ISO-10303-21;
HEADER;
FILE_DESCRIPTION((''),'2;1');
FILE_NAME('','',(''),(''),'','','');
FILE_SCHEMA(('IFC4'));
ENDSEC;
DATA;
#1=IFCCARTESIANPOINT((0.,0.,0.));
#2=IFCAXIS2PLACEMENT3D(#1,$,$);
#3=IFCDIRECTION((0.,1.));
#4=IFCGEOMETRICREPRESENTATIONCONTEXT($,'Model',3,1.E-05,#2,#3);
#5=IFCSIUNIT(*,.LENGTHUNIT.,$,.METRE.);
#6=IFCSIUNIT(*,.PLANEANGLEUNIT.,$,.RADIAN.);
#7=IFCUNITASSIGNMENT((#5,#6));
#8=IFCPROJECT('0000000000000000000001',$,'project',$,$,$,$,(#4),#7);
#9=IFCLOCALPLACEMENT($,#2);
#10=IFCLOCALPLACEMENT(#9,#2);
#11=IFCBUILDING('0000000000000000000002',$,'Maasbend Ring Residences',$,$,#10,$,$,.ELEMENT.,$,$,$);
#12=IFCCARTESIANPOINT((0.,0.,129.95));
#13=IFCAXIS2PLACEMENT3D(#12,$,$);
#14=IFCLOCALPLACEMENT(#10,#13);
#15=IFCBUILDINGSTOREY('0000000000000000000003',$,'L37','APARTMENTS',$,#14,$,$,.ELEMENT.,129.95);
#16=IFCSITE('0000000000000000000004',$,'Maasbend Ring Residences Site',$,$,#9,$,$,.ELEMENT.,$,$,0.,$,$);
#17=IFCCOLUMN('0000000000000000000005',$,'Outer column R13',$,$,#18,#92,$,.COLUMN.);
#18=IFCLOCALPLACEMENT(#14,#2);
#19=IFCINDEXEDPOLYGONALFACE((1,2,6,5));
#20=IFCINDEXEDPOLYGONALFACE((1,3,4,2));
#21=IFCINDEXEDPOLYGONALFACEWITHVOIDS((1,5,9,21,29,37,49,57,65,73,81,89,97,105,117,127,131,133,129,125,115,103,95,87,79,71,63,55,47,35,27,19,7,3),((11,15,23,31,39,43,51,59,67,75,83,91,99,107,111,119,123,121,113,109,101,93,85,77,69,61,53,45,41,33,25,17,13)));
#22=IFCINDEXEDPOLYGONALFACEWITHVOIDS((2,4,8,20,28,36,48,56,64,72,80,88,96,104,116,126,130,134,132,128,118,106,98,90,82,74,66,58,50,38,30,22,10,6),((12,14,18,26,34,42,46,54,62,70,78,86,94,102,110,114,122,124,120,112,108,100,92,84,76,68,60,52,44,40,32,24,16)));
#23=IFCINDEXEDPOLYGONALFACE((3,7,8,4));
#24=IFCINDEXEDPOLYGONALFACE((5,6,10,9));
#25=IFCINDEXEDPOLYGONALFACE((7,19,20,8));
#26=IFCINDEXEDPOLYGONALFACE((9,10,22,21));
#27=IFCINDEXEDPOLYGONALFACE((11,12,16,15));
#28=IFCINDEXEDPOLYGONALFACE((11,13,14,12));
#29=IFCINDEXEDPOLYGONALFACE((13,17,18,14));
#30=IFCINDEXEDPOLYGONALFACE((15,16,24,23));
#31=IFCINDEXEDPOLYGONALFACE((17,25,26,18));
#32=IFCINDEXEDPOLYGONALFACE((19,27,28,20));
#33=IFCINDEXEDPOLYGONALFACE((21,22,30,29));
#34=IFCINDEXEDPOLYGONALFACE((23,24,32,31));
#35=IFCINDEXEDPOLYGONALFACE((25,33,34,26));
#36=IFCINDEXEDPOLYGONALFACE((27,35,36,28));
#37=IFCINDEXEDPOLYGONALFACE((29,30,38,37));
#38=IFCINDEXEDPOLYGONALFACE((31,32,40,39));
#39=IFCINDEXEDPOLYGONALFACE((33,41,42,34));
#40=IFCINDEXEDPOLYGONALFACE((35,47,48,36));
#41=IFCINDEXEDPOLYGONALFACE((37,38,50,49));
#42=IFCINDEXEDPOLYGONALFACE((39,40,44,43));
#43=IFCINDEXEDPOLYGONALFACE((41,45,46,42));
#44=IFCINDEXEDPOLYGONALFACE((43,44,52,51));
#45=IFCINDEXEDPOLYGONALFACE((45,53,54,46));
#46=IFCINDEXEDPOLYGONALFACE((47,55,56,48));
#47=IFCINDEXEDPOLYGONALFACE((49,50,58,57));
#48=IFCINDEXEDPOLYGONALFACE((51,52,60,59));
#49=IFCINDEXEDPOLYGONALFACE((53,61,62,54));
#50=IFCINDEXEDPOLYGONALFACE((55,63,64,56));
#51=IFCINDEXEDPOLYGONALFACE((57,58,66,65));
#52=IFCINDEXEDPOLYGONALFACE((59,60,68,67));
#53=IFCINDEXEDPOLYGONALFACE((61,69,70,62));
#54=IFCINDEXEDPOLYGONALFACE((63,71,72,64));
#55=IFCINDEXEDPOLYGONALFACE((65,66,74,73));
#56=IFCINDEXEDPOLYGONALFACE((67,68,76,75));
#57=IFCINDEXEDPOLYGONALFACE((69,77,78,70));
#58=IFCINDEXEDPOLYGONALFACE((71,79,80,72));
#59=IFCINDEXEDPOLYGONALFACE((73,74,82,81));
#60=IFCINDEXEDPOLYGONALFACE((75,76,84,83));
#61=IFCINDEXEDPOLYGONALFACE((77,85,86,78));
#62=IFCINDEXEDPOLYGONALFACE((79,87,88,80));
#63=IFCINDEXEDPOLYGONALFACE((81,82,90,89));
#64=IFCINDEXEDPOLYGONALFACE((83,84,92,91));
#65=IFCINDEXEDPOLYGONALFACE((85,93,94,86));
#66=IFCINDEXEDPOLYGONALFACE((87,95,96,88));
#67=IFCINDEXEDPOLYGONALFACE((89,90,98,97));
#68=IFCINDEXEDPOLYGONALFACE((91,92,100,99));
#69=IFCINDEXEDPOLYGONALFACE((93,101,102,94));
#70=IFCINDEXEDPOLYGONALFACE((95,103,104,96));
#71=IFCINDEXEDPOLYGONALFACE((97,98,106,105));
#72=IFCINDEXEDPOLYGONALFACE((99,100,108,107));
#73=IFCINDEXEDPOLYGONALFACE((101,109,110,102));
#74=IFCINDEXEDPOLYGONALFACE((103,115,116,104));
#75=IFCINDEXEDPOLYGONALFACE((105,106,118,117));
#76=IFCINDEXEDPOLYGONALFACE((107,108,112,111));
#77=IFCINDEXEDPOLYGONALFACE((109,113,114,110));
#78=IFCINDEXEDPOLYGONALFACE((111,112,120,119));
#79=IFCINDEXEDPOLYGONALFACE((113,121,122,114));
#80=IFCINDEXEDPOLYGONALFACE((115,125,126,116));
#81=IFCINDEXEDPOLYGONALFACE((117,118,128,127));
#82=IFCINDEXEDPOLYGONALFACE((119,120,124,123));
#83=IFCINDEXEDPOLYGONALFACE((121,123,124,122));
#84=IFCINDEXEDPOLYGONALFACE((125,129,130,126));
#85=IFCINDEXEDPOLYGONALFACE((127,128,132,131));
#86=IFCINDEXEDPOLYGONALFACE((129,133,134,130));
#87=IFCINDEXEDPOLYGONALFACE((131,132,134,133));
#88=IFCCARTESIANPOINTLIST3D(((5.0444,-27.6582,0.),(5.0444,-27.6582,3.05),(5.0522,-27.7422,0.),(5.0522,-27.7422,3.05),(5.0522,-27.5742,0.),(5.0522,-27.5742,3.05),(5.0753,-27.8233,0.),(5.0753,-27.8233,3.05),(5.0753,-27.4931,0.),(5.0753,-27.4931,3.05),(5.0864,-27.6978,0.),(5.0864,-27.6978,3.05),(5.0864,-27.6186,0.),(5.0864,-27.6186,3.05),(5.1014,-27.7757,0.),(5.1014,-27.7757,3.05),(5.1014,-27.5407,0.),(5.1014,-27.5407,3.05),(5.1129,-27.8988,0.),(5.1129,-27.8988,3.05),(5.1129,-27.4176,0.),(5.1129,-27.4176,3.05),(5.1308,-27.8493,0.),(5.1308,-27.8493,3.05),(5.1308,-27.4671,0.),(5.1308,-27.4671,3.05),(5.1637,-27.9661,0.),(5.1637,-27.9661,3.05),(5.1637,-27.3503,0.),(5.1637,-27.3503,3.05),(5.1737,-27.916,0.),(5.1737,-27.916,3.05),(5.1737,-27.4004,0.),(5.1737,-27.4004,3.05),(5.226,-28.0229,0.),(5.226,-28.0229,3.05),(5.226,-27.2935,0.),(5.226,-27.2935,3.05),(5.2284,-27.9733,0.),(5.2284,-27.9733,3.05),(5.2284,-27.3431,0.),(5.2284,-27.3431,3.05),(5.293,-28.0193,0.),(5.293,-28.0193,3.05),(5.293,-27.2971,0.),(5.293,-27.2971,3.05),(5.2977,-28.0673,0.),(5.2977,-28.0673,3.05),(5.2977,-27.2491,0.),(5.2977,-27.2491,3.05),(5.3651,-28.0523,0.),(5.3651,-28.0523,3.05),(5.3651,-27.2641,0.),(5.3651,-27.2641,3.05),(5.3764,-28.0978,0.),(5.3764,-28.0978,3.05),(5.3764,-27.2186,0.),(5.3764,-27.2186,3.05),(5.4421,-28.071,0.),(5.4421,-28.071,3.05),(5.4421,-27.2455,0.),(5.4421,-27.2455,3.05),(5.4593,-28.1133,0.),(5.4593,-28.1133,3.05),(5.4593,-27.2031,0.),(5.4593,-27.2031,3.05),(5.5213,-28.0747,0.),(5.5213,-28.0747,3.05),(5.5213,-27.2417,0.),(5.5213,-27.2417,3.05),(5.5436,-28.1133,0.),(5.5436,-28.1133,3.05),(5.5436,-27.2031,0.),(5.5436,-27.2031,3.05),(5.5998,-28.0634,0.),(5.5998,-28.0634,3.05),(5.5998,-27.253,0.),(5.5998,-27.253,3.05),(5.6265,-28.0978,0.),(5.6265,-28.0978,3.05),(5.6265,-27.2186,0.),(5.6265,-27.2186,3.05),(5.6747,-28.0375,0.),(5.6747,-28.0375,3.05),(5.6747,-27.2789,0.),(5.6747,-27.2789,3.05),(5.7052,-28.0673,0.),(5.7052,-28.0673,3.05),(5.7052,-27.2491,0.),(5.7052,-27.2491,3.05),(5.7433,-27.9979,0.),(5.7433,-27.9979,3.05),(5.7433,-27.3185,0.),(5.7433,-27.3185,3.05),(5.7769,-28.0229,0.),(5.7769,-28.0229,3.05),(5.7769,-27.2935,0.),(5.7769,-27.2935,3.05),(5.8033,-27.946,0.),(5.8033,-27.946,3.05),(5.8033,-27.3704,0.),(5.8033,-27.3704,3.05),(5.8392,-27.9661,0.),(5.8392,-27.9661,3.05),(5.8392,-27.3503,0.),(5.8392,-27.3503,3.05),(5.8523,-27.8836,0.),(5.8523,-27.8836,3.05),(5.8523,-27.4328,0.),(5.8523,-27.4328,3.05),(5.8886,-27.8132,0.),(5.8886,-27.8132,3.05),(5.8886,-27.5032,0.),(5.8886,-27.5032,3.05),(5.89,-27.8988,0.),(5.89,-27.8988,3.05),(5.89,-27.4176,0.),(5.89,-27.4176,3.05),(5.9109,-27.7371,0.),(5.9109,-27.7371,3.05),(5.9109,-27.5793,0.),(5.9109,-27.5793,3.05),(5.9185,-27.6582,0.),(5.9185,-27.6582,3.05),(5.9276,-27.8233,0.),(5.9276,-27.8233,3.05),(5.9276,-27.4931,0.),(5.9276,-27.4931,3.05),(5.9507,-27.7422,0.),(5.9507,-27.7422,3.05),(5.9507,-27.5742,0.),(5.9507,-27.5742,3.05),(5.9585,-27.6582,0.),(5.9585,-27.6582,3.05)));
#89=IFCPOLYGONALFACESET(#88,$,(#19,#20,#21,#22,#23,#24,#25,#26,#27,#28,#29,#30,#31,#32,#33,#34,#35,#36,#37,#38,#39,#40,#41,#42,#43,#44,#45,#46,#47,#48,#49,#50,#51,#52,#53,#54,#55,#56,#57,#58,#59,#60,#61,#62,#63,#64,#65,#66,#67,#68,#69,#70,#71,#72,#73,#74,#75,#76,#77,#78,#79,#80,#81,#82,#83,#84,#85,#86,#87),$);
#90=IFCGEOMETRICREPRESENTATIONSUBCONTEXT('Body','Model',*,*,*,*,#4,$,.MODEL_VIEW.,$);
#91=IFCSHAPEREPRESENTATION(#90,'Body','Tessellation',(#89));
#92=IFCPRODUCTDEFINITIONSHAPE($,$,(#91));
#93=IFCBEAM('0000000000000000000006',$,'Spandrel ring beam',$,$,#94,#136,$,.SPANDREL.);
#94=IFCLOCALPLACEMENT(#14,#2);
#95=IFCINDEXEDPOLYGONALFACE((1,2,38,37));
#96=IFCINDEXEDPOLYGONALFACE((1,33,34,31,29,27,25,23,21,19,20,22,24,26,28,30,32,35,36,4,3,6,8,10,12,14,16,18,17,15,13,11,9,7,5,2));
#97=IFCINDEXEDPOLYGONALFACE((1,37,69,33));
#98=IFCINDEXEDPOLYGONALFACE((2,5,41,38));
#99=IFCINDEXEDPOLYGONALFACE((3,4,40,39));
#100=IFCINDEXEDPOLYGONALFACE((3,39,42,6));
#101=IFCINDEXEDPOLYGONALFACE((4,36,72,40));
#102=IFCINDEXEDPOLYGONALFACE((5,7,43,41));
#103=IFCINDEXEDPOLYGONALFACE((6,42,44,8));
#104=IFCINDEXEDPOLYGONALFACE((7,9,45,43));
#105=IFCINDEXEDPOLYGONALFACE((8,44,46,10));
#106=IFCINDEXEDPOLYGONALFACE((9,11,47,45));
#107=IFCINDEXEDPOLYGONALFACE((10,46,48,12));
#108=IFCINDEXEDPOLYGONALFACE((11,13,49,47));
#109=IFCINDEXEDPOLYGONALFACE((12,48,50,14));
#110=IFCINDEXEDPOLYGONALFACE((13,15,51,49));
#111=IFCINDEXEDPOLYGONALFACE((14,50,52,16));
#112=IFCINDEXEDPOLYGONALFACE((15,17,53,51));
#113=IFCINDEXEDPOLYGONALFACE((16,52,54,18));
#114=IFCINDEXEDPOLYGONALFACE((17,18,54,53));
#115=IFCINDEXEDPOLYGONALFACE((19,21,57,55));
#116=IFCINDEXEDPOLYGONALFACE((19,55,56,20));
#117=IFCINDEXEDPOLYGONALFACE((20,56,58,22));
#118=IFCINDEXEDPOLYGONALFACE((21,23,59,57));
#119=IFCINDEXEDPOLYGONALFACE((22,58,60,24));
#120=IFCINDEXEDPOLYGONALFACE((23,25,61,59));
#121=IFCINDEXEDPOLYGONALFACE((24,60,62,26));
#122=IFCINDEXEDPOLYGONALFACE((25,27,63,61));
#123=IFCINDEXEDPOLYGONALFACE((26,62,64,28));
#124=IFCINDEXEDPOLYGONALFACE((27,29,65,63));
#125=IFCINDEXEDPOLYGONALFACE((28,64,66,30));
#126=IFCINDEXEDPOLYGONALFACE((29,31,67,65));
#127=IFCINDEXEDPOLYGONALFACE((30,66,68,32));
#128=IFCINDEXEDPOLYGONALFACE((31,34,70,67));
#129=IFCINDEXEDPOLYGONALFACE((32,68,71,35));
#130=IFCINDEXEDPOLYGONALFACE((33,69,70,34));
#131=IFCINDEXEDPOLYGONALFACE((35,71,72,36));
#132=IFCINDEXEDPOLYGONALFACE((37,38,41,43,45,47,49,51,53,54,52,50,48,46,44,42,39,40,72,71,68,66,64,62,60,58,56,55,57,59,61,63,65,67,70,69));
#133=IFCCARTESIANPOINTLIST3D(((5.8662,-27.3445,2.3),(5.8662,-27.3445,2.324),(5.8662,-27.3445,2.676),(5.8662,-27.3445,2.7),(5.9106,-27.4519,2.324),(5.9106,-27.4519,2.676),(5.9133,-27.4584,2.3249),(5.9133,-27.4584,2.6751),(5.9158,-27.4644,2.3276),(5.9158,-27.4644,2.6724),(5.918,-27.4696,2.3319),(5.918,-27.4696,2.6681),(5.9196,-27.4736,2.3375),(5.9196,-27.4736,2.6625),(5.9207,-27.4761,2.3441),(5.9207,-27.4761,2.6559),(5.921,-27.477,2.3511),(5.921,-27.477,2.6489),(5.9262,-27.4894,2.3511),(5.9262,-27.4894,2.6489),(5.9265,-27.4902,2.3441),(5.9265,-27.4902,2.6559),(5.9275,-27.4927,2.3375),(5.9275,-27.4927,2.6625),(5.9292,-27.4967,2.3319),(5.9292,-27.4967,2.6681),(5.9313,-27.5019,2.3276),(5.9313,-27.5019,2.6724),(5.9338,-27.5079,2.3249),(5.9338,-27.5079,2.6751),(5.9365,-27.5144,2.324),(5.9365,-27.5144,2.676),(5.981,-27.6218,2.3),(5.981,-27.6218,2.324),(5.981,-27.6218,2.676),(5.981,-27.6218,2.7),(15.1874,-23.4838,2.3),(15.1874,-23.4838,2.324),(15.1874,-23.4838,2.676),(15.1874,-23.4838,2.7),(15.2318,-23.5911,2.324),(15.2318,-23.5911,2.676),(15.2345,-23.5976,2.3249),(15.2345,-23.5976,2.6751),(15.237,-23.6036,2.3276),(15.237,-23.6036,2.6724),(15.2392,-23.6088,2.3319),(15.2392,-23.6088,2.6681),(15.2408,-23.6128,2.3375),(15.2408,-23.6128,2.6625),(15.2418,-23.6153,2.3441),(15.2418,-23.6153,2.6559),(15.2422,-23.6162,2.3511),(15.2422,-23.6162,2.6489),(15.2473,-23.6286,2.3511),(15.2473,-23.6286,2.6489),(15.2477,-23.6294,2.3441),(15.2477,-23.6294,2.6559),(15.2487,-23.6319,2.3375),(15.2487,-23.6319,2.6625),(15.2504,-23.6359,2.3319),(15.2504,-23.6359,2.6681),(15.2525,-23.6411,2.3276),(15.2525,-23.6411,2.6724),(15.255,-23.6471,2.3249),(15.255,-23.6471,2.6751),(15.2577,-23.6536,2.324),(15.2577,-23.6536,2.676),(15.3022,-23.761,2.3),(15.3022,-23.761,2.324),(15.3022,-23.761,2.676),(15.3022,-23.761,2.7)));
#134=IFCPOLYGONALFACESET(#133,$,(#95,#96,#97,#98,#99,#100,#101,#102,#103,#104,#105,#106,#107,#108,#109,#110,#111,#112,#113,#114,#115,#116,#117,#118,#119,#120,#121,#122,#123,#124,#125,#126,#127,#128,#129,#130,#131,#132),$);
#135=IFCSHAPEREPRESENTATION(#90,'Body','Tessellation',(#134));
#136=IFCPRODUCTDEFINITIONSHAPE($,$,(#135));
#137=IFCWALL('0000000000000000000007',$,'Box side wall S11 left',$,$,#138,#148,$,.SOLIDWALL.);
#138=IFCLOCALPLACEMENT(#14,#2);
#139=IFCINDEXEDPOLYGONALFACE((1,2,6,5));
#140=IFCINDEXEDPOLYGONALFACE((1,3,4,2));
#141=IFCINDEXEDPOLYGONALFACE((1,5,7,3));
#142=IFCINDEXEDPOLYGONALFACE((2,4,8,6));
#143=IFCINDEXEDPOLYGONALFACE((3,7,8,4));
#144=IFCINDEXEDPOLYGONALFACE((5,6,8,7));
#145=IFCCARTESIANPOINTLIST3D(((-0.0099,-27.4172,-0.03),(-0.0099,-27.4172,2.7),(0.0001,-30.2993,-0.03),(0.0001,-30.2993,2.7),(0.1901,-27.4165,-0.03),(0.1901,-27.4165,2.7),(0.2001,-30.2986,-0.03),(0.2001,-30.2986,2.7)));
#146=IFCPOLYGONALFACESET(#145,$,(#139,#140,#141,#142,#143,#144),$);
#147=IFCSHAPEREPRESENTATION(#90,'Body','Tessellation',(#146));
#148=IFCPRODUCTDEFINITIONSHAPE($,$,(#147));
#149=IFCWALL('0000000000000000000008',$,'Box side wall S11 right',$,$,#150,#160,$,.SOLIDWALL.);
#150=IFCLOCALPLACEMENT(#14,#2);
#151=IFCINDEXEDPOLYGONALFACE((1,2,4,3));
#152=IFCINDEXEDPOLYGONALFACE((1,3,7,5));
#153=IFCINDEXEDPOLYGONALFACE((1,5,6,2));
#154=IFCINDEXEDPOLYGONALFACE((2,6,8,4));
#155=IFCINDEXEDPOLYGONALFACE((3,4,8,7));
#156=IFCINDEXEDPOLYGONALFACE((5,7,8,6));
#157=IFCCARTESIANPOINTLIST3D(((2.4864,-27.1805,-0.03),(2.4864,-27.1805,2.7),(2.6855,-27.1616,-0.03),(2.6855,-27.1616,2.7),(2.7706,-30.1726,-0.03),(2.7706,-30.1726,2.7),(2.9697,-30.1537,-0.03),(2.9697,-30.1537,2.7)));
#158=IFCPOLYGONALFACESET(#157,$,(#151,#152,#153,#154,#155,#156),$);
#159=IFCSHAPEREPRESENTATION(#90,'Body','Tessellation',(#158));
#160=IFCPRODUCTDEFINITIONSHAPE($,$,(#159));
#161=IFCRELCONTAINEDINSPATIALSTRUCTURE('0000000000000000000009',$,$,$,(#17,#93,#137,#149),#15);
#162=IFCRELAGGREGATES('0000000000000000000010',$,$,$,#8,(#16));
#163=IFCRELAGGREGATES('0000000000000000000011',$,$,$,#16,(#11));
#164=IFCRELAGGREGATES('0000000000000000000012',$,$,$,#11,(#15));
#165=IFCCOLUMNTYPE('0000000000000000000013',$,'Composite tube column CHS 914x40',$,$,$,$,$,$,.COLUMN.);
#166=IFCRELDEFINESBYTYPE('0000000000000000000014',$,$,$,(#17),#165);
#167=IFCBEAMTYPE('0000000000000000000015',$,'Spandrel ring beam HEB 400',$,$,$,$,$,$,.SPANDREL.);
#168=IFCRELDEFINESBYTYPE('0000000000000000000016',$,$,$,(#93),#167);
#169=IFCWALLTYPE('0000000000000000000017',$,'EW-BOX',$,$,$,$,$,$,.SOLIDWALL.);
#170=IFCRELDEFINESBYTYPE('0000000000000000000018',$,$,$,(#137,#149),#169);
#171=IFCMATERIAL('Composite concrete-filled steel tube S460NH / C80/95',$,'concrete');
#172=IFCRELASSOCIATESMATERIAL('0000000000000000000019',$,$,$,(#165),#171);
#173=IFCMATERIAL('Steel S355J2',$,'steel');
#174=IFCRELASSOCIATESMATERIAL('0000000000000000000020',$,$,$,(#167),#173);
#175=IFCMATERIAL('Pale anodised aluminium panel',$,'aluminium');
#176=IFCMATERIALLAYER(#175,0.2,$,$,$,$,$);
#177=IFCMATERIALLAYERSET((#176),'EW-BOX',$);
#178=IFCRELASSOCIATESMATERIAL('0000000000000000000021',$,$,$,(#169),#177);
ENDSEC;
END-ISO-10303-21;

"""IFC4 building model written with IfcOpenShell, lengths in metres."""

from ifc_helpers import new_model, si_unit, direction, frame, frame_2d, origin, origin_2d, place, context, subcontext, project, spatial, rectangle, hollow_circle, i_section, extrude, material, layer, layer_set, material_profile, profile_set, type_object, element, save


model = new_model("IFC4")

# Units and contexts
model_context = context("Model", 3, precision=1e-05, world=origin(), true_north=direction((0.0, 1.0)))
body_context = subcontext(model_context, "Body", "Model", "MODEL_VIEW")
ifc_project = project(units=[si_unit("LENGTHUNIT", "METRE"), si_unit("PLANEANGLEUNIT", "RADIAN")], contexts=[model_context])

# Site, building, storey
site_placement = place(None, origin())
site = spatial("IfcSite", under=ifc_project, at=site_placement, Name="Maasbend Ring Residences Site", CompositionType="ELEMENT", RefElevation=0.0)
building_placement = place(site_placement, origin())
building = spatial("IfcBuilding", under=site, at=building_placement, Name="Maasbend Ring Residences", CompositionType="ELEMENT")
storey_placement = place(building_placement, frame((0.0, 0.0, 129.95)))
storey = spatial("IfcBuildingStorey", under=building, at=storey_placement, Name="L37", Description="APARTMENTS", CompositionType="ELEMENT", Elevation=129.95)

# Column
ifc_material_1 = material(Name="Composite concrete-filled steel tube S460NH / C80/95", Category="concrete")
ifc_material_profile_1 = material_profile(ifc_material_1, hollow_circle(Radius=0.457, WallThickness=0.04, at=origin_2d()), Name="Composite tube column CHS 914x40")
ifc_profile_set_1 = profile_set([ifc_material_profile_1], Name="Composite concrete-filled steel tube S460NH / C80/95")
column_type = type_object("IfcColumnType", Name="Composite tube column CHS 914x40", PredefinedType="COLUMN", material=ifc_profile_set_1)
column_placement = place(storey_placement, frame((5.5015, -27.6582, 0.0), z_axis=(0.0, 0.0, 1.0), x_axis=(1.0, 0.0, 0.0)))
element("IfcColumn", 1, at=column_placement, inside=storey, type_object=column_type, Name="Outer column R13", PredefinedType="COLUMN", context=body_context, shape_type="SweptSolid", body=[
    extrude(hollow_circle(Radius=0.457, WallThickness=0.04, at=origin_2d()), origin(), (0.0, 0.0, 1.0), 3.05),
])

# Beam
ifc_material_2 = material(Name="Steel S355J2", Category="steel")
ifc_material_profile_2 = material_profile(ifc_material_2, i_section(OverallWidth=0.3, OverallDepth=0.3999, WebThickness=0.0134, FlangeThickness=0.0239, FilletRadius=0.0271, at=origin_2d()), Name="HEB 400")
ifc_profile_set_2 = profile_set([ifc_material_profile_2], Name="Steel S355J2")
beam_type = type_object("IfcBeamType", Name="Spandrel ring beam HEB 400", PredefinedType="SPANDREL", material=ifc_profile_set_2)
beam_placement = place(storey_placement, frame((5.9236, -27.4832, 2.5), z_axis=(0.923885, 0.38267, 0.0), x_axis=(-0.38267, 0.923885, 0.0)))
element("IfcBeam", 2, at=beam_placement, inside=storey, type_object=beam_type, Name="Spandrel ring beam", PredefinedType="SPANDREL", context=body_context, shape_type="SweptSolid", body=[
    extrude(i_section(OverallWidth=0.3, OverallDepth=0.3999, WebThickness=0.0134, FlangeThickness=0.0239, FilletRadius=0.0271, at=origin_2d()), origin(), (0.0, 0.0, 1.0), 10.0891),
])

# Walls
ifc_material_3 = material(Name="Pale anodised aluminium panel", Category="aluminium")
ifc_layer_1 = layer(ifc_material_3, 0.2)
ifc_layer_set_1 = layer_set([ifc_layer_1], Name="EW-BOX")
wall_type_1 = type_object("IfcWallType", Name="EW-BOX", PredefinedType="SOLIDWALL", material=ifc_layer_set_1)
wall_1_placement = place(storey_placement, frame((0.0901, -27.417, -0.03), z_axis=(0.0, 0.0, 1.0), x_axis=(0.003473, -0.999994, 0.0)))
element("IfcWall", 3, at=wall_1_placement, inside=storey, type_object=wall_type_1, Name="Box side wall S11 left", PredefinedType="SOLIDWALL", context=body_context, shape_type="SweptSolid", body=[
    extrude(rectangle(XDim=2.8821, YDim=0.2, at=frame_2d((1.4409, 0.0))), origin(), (0.0, 0.0, 1.0), 2.73),
])
wall_2_placement = place(storey_placement, frame((2.5859, -27.1709, -0.03), z_axis=(0.0, 0.0, 1.0), x_axis=(0.094548, -0.99552, 0.0)))
element("IfcWall", 4, at=wall_2_placement, inside=storey, type_object=wall_type_1, Name="Box side wall S11 right", PredefinedType="SOLIDWALL", context=body_context, shape_type="SweptSolid", body=[
    extrude(rectangle(XDim=3.0056, YDim=0.2, at=frame_2d((1.5029, 0.0))), origin(), (0.0, 0.0, 1.0), 2.73),
])

save(model, "model.ifc")
